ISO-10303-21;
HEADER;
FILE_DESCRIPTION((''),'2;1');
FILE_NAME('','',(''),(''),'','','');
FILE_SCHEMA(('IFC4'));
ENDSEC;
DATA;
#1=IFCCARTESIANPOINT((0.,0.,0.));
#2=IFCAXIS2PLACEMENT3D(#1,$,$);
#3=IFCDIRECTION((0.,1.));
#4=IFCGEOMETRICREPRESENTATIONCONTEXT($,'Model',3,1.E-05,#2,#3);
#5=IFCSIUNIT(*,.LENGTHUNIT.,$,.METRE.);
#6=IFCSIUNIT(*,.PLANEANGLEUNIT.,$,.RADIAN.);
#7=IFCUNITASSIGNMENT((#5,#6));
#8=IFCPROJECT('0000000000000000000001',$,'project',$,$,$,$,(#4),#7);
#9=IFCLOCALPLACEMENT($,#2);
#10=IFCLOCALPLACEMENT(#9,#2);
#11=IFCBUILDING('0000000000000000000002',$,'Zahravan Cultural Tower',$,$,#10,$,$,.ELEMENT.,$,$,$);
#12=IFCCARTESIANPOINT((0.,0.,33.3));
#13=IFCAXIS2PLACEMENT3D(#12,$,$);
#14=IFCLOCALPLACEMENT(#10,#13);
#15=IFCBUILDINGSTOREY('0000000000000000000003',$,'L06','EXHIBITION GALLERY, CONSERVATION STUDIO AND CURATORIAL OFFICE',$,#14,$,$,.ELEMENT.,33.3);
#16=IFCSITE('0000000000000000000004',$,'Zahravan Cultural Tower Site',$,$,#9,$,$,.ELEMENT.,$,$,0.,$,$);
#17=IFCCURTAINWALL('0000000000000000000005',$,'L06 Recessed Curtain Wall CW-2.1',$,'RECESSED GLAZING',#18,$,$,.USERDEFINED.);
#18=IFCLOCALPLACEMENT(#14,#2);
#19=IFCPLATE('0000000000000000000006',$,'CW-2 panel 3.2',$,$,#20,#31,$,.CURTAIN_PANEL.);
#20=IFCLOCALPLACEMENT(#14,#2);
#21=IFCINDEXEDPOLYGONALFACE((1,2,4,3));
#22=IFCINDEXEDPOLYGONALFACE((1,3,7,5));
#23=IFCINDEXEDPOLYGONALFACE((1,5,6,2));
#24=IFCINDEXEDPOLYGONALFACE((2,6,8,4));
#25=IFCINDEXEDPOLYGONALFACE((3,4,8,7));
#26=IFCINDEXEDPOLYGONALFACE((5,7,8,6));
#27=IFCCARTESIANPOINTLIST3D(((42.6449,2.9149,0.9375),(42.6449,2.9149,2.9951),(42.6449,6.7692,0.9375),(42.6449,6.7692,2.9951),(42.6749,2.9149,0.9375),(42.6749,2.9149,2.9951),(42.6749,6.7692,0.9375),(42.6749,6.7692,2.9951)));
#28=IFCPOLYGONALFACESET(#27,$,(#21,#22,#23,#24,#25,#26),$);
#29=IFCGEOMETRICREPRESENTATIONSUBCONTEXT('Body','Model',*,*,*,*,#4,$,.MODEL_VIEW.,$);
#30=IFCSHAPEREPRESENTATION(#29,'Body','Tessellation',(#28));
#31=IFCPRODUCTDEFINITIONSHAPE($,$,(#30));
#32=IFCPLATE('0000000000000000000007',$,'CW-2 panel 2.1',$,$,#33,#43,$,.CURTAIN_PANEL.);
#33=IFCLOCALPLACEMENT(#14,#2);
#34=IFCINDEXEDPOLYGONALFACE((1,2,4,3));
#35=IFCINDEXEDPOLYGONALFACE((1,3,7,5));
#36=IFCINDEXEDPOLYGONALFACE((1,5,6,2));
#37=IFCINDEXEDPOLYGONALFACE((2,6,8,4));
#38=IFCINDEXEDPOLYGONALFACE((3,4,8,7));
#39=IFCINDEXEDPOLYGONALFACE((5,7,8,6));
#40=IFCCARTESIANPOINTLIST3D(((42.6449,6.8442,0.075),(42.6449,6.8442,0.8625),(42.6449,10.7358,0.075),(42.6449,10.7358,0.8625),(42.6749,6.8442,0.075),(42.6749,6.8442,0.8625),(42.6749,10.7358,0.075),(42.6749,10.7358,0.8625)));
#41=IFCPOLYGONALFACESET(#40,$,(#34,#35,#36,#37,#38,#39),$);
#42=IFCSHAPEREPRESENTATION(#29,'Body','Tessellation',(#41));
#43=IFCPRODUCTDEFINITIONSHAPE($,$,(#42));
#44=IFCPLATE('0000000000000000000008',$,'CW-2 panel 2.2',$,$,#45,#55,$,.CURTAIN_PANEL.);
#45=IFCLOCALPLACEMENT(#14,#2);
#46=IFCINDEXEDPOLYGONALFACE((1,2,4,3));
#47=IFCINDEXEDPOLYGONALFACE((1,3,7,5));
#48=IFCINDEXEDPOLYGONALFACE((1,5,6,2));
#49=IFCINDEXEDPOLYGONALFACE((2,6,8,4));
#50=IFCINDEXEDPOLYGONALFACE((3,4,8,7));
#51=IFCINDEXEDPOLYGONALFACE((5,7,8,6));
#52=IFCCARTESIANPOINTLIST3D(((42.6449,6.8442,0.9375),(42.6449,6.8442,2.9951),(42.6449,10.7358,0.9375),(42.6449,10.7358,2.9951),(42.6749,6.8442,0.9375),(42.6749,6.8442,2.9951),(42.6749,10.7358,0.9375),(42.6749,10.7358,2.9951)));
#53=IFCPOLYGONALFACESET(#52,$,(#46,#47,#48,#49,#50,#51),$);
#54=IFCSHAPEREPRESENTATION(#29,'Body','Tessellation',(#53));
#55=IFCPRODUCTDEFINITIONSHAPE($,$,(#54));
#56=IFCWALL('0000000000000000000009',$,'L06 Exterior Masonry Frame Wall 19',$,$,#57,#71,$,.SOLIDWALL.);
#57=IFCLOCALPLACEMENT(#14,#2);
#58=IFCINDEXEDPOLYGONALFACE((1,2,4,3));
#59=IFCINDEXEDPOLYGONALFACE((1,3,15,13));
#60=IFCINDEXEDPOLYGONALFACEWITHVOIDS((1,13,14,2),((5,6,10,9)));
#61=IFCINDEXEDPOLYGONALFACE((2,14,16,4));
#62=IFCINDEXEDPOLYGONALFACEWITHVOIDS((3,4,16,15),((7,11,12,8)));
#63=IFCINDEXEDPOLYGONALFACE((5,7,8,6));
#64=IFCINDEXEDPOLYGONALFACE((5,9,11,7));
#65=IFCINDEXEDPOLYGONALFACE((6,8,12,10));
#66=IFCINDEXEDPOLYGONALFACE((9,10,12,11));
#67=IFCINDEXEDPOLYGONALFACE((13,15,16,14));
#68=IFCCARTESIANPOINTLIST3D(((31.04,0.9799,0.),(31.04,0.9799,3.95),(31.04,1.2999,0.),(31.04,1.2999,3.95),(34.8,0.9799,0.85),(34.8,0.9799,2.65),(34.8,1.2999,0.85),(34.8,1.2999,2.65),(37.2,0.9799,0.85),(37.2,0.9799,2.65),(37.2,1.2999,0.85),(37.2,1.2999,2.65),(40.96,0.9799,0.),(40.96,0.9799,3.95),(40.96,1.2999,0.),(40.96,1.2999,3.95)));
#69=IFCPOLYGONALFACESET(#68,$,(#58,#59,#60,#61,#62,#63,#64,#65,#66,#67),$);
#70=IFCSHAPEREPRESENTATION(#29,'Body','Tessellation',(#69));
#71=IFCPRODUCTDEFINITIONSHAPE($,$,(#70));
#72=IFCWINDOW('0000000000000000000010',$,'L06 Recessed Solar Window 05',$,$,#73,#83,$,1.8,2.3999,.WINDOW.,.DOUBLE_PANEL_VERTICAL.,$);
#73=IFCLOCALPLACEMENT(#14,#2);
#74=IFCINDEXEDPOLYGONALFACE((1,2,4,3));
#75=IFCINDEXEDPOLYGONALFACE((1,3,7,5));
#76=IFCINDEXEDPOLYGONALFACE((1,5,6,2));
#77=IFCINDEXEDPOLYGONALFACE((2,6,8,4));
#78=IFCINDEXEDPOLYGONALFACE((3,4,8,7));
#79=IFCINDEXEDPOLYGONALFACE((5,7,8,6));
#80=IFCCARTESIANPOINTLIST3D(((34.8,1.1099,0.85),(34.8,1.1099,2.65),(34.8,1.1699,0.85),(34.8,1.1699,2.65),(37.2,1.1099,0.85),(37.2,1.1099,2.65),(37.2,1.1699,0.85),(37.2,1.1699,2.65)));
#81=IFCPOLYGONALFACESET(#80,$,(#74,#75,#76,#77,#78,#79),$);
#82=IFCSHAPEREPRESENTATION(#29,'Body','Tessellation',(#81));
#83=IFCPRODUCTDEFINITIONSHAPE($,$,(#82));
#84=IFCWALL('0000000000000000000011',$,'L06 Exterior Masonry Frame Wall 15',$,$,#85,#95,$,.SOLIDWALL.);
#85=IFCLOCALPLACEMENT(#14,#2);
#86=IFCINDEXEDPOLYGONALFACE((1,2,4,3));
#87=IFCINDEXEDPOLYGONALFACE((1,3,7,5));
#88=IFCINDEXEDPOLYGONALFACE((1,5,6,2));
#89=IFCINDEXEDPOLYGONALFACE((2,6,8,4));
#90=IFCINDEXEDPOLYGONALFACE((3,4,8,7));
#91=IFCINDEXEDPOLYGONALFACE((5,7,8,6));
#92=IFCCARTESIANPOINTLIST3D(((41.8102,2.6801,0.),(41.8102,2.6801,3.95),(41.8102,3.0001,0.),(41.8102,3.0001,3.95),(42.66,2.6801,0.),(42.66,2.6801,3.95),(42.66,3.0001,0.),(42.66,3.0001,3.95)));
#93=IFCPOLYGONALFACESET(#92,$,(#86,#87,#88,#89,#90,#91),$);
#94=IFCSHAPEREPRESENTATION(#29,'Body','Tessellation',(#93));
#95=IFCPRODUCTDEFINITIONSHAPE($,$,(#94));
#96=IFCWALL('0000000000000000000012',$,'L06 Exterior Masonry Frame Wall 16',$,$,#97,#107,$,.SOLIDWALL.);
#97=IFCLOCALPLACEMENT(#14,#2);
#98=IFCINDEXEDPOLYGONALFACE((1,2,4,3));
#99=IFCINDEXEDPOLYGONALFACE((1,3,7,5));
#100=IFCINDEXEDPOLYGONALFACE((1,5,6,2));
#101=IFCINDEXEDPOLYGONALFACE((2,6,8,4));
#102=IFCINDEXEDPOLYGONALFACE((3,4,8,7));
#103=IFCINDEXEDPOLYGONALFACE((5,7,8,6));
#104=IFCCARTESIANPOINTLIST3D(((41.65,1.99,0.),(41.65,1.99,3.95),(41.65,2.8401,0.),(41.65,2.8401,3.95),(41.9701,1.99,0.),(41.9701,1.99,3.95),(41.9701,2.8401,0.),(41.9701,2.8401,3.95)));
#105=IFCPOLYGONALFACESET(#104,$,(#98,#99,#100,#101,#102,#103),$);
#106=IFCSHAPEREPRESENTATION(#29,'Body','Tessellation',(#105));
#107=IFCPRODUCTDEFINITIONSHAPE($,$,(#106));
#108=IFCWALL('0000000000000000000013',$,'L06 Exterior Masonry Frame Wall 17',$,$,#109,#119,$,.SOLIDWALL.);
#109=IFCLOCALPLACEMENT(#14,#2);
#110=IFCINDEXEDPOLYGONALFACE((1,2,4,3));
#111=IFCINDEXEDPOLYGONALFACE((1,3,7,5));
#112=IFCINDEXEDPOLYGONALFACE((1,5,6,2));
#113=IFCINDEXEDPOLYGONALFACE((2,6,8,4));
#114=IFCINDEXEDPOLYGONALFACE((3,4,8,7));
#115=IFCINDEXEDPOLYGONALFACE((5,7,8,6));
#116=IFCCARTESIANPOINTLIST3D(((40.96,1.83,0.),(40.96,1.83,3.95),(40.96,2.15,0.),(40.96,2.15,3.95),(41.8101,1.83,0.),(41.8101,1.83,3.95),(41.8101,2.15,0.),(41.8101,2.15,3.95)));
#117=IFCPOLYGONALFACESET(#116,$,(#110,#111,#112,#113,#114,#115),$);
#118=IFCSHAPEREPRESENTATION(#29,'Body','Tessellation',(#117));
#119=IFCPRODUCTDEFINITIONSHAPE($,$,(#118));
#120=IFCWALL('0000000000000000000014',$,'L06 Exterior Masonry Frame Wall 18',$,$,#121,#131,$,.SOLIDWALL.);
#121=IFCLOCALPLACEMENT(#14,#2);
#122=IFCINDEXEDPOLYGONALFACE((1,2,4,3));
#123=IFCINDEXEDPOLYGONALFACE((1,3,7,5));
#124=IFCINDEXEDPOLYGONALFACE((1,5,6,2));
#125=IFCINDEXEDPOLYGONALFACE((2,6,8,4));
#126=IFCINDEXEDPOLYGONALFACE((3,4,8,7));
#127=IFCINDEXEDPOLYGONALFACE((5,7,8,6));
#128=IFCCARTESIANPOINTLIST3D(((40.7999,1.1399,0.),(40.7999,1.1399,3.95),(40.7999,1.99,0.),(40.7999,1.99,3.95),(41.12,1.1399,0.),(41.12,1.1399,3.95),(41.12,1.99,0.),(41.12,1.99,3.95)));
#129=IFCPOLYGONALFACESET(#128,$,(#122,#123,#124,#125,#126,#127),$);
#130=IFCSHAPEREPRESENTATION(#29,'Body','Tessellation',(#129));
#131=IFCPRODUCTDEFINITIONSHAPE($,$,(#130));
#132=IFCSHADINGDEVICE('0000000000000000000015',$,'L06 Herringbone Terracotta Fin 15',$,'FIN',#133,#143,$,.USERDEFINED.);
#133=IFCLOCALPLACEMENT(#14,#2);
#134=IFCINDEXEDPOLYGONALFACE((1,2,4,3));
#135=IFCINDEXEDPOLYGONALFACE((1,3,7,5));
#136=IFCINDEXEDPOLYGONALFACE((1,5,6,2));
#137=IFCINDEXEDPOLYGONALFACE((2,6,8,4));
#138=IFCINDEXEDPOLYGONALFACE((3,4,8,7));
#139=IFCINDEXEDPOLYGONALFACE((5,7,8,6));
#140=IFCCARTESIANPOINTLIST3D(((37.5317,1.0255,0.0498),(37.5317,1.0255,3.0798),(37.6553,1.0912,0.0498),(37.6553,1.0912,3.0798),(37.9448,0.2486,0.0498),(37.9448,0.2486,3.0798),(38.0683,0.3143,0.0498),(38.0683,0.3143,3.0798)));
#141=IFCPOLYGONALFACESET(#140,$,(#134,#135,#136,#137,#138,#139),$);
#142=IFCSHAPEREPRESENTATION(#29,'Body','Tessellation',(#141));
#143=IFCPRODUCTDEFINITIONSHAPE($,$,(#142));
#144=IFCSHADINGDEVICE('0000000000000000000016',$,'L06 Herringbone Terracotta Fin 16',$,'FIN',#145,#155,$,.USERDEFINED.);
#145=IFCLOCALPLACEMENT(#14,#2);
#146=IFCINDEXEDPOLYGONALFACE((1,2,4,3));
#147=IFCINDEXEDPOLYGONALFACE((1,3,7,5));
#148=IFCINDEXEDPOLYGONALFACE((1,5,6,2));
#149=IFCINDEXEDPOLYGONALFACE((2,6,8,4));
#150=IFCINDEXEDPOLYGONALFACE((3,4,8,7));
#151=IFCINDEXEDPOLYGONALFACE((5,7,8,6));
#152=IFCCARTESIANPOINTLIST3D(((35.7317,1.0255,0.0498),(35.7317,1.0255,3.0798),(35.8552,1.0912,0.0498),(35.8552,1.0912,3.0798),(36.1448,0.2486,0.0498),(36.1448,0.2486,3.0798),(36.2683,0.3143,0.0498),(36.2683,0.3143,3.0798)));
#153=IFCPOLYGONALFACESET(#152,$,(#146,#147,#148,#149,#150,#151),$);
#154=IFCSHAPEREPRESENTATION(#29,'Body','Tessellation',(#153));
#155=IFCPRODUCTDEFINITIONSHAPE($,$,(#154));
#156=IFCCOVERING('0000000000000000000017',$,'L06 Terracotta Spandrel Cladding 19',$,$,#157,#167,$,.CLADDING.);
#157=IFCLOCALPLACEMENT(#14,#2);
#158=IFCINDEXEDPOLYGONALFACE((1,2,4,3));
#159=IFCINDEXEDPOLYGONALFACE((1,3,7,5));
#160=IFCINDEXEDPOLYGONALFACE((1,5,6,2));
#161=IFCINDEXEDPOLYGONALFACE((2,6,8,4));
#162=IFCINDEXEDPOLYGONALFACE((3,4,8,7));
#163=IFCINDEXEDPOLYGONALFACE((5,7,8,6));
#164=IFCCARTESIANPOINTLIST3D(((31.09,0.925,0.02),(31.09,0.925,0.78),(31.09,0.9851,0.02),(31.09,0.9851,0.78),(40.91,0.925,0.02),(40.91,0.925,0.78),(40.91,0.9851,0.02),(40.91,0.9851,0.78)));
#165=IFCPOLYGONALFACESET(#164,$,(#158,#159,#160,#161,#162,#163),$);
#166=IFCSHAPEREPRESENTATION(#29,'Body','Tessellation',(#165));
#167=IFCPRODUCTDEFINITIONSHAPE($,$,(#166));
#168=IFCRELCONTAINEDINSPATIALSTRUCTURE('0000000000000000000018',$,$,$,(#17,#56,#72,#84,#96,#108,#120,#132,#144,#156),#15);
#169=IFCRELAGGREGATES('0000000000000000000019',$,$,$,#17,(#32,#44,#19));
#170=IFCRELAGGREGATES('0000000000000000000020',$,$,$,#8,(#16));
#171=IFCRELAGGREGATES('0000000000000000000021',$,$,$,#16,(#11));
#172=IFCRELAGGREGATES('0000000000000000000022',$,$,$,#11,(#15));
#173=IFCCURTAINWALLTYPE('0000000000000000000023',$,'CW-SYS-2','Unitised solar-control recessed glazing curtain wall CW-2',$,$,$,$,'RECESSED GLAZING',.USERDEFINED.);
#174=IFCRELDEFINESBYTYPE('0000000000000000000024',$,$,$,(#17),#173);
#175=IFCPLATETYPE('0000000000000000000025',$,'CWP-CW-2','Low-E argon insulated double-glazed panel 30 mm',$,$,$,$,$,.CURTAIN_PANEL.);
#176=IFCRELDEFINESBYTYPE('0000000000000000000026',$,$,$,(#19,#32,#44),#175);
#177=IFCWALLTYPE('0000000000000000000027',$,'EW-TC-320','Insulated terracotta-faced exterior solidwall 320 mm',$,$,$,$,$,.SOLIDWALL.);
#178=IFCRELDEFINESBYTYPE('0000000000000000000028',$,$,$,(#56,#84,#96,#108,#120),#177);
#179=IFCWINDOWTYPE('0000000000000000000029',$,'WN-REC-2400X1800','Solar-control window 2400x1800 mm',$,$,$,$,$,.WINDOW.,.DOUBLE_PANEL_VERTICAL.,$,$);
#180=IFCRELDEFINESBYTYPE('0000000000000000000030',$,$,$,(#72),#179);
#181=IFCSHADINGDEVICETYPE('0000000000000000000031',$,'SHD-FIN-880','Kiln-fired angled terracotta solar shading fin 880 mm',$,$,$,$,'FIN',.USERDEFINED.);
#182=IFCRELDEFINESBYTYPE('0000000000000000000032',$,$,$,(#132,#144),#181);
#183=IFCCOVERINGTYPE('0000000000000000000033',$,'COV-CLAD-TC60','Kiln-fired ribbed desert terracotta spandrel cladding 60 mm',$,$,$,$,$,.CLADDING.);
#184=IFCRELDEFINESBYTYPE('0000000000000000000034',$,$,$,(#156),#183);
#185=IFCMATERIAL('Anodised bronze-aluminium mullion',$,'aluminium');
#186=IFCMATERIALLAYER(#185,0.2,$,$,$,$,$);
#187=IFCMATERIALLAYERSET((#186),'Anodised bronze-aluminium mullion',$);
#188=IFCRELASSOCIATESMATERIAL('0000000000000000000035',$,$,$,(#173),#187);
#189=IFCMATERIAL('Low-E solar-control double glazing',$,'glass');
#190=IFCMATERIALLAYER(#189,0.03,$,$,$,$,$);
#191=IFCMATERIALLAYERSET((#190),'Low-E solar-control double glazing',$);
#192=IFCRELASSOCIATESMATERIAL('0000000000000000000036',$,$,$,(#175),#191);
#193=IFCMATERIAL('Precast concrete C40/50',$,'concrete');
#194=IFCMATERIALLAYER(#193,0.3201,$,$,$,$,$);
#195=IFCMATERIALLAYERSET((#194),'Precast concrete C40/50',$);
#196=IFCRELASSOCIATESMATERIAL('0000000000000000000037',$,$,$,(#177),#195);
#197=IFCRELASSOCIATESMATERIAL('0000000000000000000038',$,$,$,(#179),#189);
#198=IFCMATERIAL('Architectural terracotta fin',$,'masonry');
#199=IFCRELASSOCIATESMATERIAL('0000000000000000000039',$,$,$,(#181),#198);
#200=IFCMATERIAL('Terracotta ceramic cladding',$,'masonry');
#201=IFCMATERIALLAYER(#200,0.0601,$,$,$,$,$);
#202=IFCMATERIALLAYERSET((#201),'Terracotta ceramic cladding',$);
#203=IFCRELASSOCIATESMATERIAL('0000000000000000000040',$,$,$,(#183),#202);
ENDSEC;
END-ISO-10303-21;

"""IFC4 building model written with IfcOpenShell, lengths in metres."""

from ifc_helpers import new_model, si_unit, direction, frame, frame_2d, origin, origin_2d, place, context, subcontext, project, spatial, rectangle, extrude, source, transform, mapped, material, layer, layer_set, type_object, element, fill, aggregate, save


model = new_model("IFC4")

# Units and contexts
model_context = context("Model", 3, precision=1e-05, world=origin(), true_north=direction((0.0, 1.0)))
body_context = subcontext(model_context, "Body", "Model", "MODEL_VIEW")
ifc_project = project(units=[si_unit("LENGTHUNIT", "METRE"), si_unit("PLANEANGLEUNIT", "RADIAN")], contexts=[model_context])

# Site, building, storey
site_placement = place(None, origin())
site = spatial("IfcSite", under=ifc_project, at=site_placement, Name="Zahravan Cultural Tower Site", CompositionType="ELEMENT", RefElevation=0.0)
building_placement = place(site_placement, origin())
building = spatial("IfcBuilding", under=site, at=building_placement, Name="Zahravan Cultural Tower", CompositionType="ELEMENT")
storey_placement = place(building_placement, frame((0.0, 0.0, 33.3)))
storey = spatial("IfcBuildingStorey", under=building, at=storey_placement, Name="L06", Description="EXHIBITION GALLERY, CONSERVATION STUDIO AND CURATORIAL OFFICE", CompositionType="ELEMENT", Elevation=33.3)

# Curtain wall, plates
ifc_material_1 = material(Name="Anodised bronze-aluminium mullion", Category="aluminium")
ifc_layer_1 = layer(ifc_material_1, 0.2)
ifc_layer_set_1 = layer_set([ifc_layer_1], Name="Anodised bronze-aluminium mullion")
curtain_wall_type = type_object("IfcCurtainWallType", Name="CW-SYS-2", Description="Unitised solar-control recessed glazing curtain wall CW-2", ElementType="RECESSED GLAZING", PredefinedType="USERDEFINED", material=ifc_layer_set_1)
curtain_wall_placement = place(storey_placement, origin())
curtain_wall = element("IfcCurtainWall", 1, at=curtain_wall_placement, inside=storey, type_object=curtain_wall_type, Name="L06 Recessed Curtain Wall CW-2.1", ObjectType="RECESSED GLAZING", PredefinedType="USERDEFINED")
ifc_material_2 = material(Name="Low-E solar-control double glazing", Category="glass")
ifc_layer_2 = layer(ifc_material_2, 0.03)
ifc_layer_set_2 = layer_set([ifc_layer_2], Name="Low-E solar-control double glazing")
plate_type = type_object("IfcPlateType", Name="CWP-CW-2", Description="Low-E argon insulated double-glazed panel 30 mm", PredefinedType="CURTAIN_PANEL", material=ifc_layer_set_2)
shared_shape_1 = source(origin(), body_context, "Body", "SweptSolid", [
    extrude(rectangle(XDim=3.8542, YDim=0.03, at=origin_2d()), origin(), (0.0, 0.0, 1.0), 2.0576),
])
plate_1_placement = place(storey_placement, frame((42.6599, 4.842, 0.9375), z_axis=(0.0, 0.0, 1.0), x_axis=(0.0, -1.0, 0.0)))
plate_1 = element("IfcPlate", 2, at=plate_1_placement, type_object=plate_type, Name="CW-2 panel 3.2", PredefinedType="CURTAIN_PANEL", context=body_context, shape_type="MappedRepresentation", body=[
    mapped(shared_shape_1, transform((0.0, 0.0, 0.0), x_axis=(1.0, 0.0, 0.0), y_axis=(0.0, 1.0, 0.0), z_axis=(0.0, 0.0, 1.0), scale=1.0)),
])
shared_shape_2 = source(origin(), body_context, "Body", "SweptSolid", [
    extrude(rectangle(XDim=3.8916, YDim=0.03, at=origin_2d()), origin(), (0.0, 0.0, 1.0), 0.7876),
])
plate_2_placement = place(storey_placement, frame((42.6599, 8.79, 0.075), z_axis=(0.0, 0.0, 1.0), x_axis=(0.0, -1.0, 0.0)))
plate_2 = element("IfcPlate", 3, at=plate_2_placement, type_object=plate_type, Name="CW-2 panel 2.1", PredefinedType="CURTAIN_PANEL", context=body_context, shape_type="MappedRepresentation", body=[
    mapped(shared_shape_2, transform((0.0, 0.0, 0.0), x_axis=(1.0, 0.0, 0.0), y_axis=(0.0, 1.0, 0.0), z_axis=(0.0, 0.0, 1.0), scale=1.0)),
])
shared_shape_3 = source(origin(), body_context, "Body", "SweptSolid", [
    extrude(rectangle(XDim=3.8916, YDim=0.03, at=origin_2d()), origin(), (0.0, 0.0, 1.0), 2.0576),
])
plate_3_placement = place(storey_placement, frame((42.6599, 8.79, 0.9375), z_axis=(0.0, 0.0, 1.0), x_axis=(0.0, -1.0, 0.0)))
plate_3 = element("IfcPlate", 4, at=plate_3_placement, type_object=plate_type, Name="CW-2 panel 2.2", PredefinedType="CURTAIN_PANEL", context=body_context, shape_type="MappedRepresentation", body=[
    mapped(shared_shape_3, transform((0.0, 0.0, 0.0), x_axis=(1.0, 0.0, 0.0), y_axis=(0.0, 1.0, 0.0), z_axis=(0.0, 0.0, 1.0), scale=1.0)),
])
aggregate(curtain_wall, [plate_2, plate_3, plate_1])

# Wall, opening, window
ifc_material_3 = material(Name="Precast concrete C40/50", Category="concrete")
ifc_layer_3 = layer(ifc_material_3, 0.3201)
ifc_layer_set_3 = layer_set([ifc_layer_3], Name="Precast concrete C40/50")
wall_type = type_object("IfcWallType", Name="EW-TC-320", Description="Insulated terracotta-faced exterior solidwall 320 mm", PredefinedType="SOLIDWALL", material=ifc_layer_set_3)
wall_1_placement = place(storey_placement, frame((40.96, 1.1399, 0.0), z_axis=(0.0, 0.0, 1.0), x_axis=(-1.0, 0.0, 0.0)))
wall_1 = element("IfcWall", 5, at=wall_1_placement, inside=storey, type_object=wall_type, Name="L06 Exterior Masonry Frame Wall 19", PredefinedType="SOLIDWALL", context=body_context, shape_type="SweptSolid", body=[
    extrude(rectangle(XDim=9.9199, YDim=0.3201, at=frame_2d((4.96, 0.0))), origin(), (0.0, 0.0, 1.0), 3.95),
])
opening_placement = place(wall_1_placement, frame((3.76, 0.0, 0.8501)))
opening = element("IfcOpeningElement", 6, at=opening_placement, cuts=wall_1, PredefinedType="OPENING", context=body_context, shape_type="SweptSolid", body=[
    extrude(rectangle(XDim=2.3999, YDim=1.8, at=frame_2d((1.2, 0.8999))), frame((0.0, 0.1699, 0.0), z_axis=(0.0, -1.0, 0.0), x_axis=(1.0, 0.0, 0.0)), (0.0, 0.0, 1.0), 0.3401),
])
window_type = type_object("IfcWindowType", Name="WN-REC-2400X1800", Description="Solar-control window 2400x1800 mm", PartitioningType="DOUBLE_PANEL_VERTICAL", PredefinedType="WINDOW", material=ifc_material_2)
shared_shape_4 = source(origin(), body_context, "Body", "SweptSolid", [
    extrude(rectangle(XDim=2.3999, YDim=1.8, at=frame_2d((1.2, 0.8999))), frame((0.0, 0.03, 0.0), z_axis=(0.0, -1.0, 0.0), x_axis=(1.0, 0.0, 0.0)), (0.0, 0.0, 1.0), 0.0601),
])
window_placement = place(opening_placement, origin())
window = element("IfcWindow", 7, at=window_placement, inside=storey, type_object=window_type, Name="L06 Recessed Solar Window 05", OverallHeight=1.8, OverallWidth=2.3999, PartitioningType="DOUBLE_PANEL_VERTICAL", PredefinedType="WINDOW", context=body_context, shape_type="MappedRepresentation", body=[
    mapped(shared_shape_4, transform((0.0, 0.0, 0.0), x_axis=(1.0, 0.0, 0.0), y_axis=(0.0, 1.0, 0.0), z_axis=(0.0, 0.0, 1.0), scale=1.0)),
])
fill(opening, window)

# Walls
shared_shape_5 = source(origin(), body_context, "Body", "SweptSolid", [
    extrude(rectangle(XDim=0.8499, YDim=0.3201, at=frame_2d((0.4248, 0.0))), origin(), (0.0, 0.0, 1.0), 3.95),
])
wall_2_placement = place(storey_placement, frame((42.6599, 2.8401, 0.0), z_axis=(0.0, 0.0, 1.0), x_axis=(-1.0, 0.0, 0.0)))
element("IfcWall", 8, at=wall_2_placement, inside=storey, type_object=wall_type, Name="L06 Exterior Masonry Frame Wall 15", PredefinedType="SOLIDWALL", context=body_context, shape_type="MappedRepresentation", body=[
    mapped(shared_shape_5, transform((0.0, 0.0, 0.0), x_axis=(1.0, 0.0, 0.0), y_axis=(0.0, 1.0, 0.0), z_axis=(0.0, 0.0, 1.0), scale=1.0)),
])
shared_shape_6 = source(origin(), body_context, "Body", "SweptSolid", [
    extrude(rectangle(XDim=0.8501, YDim=0.3201, at=frame_2d((0.425, 0.0))), origin(), (0.0, 0.0, 1.0), 3.95),
])
for number, where, z_axis, x_axis, name in (
    (9, (41.8101, 2.8401, 0.0), (0.0, 0.0, 1.0), (0.0, -1.0, 0.0), "L06 Exterior Masonry Frame Wall 16"),
    (10, (41.8101, 1.99, 0.0), (0.0, 0.0, 1.0), (-1.0, 0.0, 0.0), "L06 Exterior Masonry Frame Wall 17"),
    (11, (40.96, 1.99, 0.0), (0.0, 0.0, 1.0), (0.0, -1.0, 0.0), "L06 Exterior Masonry Frame Wall 18"),
):
    element("IfcWall", number, at=place(storey_placement, frame(where, z_axis=z_axis, x_axis=x_axis)), inside=storey, type_object=wall_type, Name=name, PredefinedType="SOLIDWALL", context=body_context, shape_type="MappedRepresentation", body=[
        mapped(shared_shape_6, transform((0.0, 0.0, 0.0), x_axis=(1.0, 0.0, 0.0), y_axis=(0.0, 1.0, 0.0), z_axis=(0.0, 0.0, 1.0), scale=1.0)),
    ])

# Shading devices
ifc_material_4 = material(Name="Architectural terracotta fin", Category="masonry")
shading_device_type = type_object("IfcShadingDeviceType", Name="SHD-FIN-880", Description="Kiln-fired angled terracotta solar shading fin 880 mm", ElementType="FIN", PredefinedType="USERDEFINED", material=ifc_material_4)
shared_shape_7 = source(origin(), body_context, "Body", "SweptSolid", [
    extrude(rectangle(XDim=0.8799, YDim=0.1399, at=origin_2d()), origin(), (0.0, 0.0, 1.0), 3.03),
])
for number, where, z_axis, x_axis, name in (
    (12, (37.8, 0.6699, 0.0498), (0.0, 0.0, 1.0), (0.469472, -0.882948, 0.0), "L06 Herringbone Terracotta Fin 15"),
    (13, (36.0, 0.6699, 0.0498), (0.0, 0.0, 1.0), (0.469472, -0.882948, 0.0), "L06 Herringbone Terracotta Fin 16"),
):
    element("IfcShadingDevice", number, at=place(storey_placement, frame(where, z_axis=z_axis, x_axis=x_axis)), inside=storey, type_object=shading_device_type, Name=name, ObjectType="FIN", PredefinedType="USERDEFINED", context=body_context, shape_type="MappedRepresentation", body=[
        mapped(shared_shape_7, transform((0.0, 0.0, 0.0), x_axis=(1.0, 0.0, 0.0), y_axis=(0.0, 1.0, 0.0), z_axis=(0.0, 0.0, 1.0), scale=1.0)),
    ])

# Covering
ifc_material_5 = material(Name="Terracotta ceramic cladding", Category="masonry")
ifc_layer_4 = layer(ifc_material_5, 0.0601)
ifc_layer_set_4 = layer_set([ifc_layer_4], Name="Terracotta ceramic cladding")
covering_type = type_object("IfcCoveringType", Name="COV-CLAD-TC60", Description="Kiln-fired ribbed desert terracotta spandrel cladding 60 mm", PredefinedType="CLADDING", material=ifc_layer_set_4)
shared_shape_8 = source(origin(), body_context, "Body", "SweptSolid", [
    extrude(rectangle(XDim=9.8201, YDim=0.0601, at=origin_2d()), origin(), (0.0, 0.0, 1.0), 0.76),
])
covering_placement = place(storey_placement, frame((36.0, 0.9551, 0.02), z_axis=(0.0, 0.0, 1.0), x_axis=(-1.0, 0.0, 0.0)))
element("IfcCovering", 14, at=covering_placement, inside=storey, type_object=covering_type, Name="L06 Terracotta Spandrel Cladding 19", PredefinedType="CLADDING", context=body_context, shape_type="MappedRepresentation", body=[
    mapped(shared_shape_8, transform((0.0, 0.0, 0.0), x_axis=(1.0, 0.0, 0.0), y_axis=(0.0, 1.0, 0.0), z_axis=(0.0, 0.0, 1.0), scale=1.0)),
])

save(model, "model.ifc")
